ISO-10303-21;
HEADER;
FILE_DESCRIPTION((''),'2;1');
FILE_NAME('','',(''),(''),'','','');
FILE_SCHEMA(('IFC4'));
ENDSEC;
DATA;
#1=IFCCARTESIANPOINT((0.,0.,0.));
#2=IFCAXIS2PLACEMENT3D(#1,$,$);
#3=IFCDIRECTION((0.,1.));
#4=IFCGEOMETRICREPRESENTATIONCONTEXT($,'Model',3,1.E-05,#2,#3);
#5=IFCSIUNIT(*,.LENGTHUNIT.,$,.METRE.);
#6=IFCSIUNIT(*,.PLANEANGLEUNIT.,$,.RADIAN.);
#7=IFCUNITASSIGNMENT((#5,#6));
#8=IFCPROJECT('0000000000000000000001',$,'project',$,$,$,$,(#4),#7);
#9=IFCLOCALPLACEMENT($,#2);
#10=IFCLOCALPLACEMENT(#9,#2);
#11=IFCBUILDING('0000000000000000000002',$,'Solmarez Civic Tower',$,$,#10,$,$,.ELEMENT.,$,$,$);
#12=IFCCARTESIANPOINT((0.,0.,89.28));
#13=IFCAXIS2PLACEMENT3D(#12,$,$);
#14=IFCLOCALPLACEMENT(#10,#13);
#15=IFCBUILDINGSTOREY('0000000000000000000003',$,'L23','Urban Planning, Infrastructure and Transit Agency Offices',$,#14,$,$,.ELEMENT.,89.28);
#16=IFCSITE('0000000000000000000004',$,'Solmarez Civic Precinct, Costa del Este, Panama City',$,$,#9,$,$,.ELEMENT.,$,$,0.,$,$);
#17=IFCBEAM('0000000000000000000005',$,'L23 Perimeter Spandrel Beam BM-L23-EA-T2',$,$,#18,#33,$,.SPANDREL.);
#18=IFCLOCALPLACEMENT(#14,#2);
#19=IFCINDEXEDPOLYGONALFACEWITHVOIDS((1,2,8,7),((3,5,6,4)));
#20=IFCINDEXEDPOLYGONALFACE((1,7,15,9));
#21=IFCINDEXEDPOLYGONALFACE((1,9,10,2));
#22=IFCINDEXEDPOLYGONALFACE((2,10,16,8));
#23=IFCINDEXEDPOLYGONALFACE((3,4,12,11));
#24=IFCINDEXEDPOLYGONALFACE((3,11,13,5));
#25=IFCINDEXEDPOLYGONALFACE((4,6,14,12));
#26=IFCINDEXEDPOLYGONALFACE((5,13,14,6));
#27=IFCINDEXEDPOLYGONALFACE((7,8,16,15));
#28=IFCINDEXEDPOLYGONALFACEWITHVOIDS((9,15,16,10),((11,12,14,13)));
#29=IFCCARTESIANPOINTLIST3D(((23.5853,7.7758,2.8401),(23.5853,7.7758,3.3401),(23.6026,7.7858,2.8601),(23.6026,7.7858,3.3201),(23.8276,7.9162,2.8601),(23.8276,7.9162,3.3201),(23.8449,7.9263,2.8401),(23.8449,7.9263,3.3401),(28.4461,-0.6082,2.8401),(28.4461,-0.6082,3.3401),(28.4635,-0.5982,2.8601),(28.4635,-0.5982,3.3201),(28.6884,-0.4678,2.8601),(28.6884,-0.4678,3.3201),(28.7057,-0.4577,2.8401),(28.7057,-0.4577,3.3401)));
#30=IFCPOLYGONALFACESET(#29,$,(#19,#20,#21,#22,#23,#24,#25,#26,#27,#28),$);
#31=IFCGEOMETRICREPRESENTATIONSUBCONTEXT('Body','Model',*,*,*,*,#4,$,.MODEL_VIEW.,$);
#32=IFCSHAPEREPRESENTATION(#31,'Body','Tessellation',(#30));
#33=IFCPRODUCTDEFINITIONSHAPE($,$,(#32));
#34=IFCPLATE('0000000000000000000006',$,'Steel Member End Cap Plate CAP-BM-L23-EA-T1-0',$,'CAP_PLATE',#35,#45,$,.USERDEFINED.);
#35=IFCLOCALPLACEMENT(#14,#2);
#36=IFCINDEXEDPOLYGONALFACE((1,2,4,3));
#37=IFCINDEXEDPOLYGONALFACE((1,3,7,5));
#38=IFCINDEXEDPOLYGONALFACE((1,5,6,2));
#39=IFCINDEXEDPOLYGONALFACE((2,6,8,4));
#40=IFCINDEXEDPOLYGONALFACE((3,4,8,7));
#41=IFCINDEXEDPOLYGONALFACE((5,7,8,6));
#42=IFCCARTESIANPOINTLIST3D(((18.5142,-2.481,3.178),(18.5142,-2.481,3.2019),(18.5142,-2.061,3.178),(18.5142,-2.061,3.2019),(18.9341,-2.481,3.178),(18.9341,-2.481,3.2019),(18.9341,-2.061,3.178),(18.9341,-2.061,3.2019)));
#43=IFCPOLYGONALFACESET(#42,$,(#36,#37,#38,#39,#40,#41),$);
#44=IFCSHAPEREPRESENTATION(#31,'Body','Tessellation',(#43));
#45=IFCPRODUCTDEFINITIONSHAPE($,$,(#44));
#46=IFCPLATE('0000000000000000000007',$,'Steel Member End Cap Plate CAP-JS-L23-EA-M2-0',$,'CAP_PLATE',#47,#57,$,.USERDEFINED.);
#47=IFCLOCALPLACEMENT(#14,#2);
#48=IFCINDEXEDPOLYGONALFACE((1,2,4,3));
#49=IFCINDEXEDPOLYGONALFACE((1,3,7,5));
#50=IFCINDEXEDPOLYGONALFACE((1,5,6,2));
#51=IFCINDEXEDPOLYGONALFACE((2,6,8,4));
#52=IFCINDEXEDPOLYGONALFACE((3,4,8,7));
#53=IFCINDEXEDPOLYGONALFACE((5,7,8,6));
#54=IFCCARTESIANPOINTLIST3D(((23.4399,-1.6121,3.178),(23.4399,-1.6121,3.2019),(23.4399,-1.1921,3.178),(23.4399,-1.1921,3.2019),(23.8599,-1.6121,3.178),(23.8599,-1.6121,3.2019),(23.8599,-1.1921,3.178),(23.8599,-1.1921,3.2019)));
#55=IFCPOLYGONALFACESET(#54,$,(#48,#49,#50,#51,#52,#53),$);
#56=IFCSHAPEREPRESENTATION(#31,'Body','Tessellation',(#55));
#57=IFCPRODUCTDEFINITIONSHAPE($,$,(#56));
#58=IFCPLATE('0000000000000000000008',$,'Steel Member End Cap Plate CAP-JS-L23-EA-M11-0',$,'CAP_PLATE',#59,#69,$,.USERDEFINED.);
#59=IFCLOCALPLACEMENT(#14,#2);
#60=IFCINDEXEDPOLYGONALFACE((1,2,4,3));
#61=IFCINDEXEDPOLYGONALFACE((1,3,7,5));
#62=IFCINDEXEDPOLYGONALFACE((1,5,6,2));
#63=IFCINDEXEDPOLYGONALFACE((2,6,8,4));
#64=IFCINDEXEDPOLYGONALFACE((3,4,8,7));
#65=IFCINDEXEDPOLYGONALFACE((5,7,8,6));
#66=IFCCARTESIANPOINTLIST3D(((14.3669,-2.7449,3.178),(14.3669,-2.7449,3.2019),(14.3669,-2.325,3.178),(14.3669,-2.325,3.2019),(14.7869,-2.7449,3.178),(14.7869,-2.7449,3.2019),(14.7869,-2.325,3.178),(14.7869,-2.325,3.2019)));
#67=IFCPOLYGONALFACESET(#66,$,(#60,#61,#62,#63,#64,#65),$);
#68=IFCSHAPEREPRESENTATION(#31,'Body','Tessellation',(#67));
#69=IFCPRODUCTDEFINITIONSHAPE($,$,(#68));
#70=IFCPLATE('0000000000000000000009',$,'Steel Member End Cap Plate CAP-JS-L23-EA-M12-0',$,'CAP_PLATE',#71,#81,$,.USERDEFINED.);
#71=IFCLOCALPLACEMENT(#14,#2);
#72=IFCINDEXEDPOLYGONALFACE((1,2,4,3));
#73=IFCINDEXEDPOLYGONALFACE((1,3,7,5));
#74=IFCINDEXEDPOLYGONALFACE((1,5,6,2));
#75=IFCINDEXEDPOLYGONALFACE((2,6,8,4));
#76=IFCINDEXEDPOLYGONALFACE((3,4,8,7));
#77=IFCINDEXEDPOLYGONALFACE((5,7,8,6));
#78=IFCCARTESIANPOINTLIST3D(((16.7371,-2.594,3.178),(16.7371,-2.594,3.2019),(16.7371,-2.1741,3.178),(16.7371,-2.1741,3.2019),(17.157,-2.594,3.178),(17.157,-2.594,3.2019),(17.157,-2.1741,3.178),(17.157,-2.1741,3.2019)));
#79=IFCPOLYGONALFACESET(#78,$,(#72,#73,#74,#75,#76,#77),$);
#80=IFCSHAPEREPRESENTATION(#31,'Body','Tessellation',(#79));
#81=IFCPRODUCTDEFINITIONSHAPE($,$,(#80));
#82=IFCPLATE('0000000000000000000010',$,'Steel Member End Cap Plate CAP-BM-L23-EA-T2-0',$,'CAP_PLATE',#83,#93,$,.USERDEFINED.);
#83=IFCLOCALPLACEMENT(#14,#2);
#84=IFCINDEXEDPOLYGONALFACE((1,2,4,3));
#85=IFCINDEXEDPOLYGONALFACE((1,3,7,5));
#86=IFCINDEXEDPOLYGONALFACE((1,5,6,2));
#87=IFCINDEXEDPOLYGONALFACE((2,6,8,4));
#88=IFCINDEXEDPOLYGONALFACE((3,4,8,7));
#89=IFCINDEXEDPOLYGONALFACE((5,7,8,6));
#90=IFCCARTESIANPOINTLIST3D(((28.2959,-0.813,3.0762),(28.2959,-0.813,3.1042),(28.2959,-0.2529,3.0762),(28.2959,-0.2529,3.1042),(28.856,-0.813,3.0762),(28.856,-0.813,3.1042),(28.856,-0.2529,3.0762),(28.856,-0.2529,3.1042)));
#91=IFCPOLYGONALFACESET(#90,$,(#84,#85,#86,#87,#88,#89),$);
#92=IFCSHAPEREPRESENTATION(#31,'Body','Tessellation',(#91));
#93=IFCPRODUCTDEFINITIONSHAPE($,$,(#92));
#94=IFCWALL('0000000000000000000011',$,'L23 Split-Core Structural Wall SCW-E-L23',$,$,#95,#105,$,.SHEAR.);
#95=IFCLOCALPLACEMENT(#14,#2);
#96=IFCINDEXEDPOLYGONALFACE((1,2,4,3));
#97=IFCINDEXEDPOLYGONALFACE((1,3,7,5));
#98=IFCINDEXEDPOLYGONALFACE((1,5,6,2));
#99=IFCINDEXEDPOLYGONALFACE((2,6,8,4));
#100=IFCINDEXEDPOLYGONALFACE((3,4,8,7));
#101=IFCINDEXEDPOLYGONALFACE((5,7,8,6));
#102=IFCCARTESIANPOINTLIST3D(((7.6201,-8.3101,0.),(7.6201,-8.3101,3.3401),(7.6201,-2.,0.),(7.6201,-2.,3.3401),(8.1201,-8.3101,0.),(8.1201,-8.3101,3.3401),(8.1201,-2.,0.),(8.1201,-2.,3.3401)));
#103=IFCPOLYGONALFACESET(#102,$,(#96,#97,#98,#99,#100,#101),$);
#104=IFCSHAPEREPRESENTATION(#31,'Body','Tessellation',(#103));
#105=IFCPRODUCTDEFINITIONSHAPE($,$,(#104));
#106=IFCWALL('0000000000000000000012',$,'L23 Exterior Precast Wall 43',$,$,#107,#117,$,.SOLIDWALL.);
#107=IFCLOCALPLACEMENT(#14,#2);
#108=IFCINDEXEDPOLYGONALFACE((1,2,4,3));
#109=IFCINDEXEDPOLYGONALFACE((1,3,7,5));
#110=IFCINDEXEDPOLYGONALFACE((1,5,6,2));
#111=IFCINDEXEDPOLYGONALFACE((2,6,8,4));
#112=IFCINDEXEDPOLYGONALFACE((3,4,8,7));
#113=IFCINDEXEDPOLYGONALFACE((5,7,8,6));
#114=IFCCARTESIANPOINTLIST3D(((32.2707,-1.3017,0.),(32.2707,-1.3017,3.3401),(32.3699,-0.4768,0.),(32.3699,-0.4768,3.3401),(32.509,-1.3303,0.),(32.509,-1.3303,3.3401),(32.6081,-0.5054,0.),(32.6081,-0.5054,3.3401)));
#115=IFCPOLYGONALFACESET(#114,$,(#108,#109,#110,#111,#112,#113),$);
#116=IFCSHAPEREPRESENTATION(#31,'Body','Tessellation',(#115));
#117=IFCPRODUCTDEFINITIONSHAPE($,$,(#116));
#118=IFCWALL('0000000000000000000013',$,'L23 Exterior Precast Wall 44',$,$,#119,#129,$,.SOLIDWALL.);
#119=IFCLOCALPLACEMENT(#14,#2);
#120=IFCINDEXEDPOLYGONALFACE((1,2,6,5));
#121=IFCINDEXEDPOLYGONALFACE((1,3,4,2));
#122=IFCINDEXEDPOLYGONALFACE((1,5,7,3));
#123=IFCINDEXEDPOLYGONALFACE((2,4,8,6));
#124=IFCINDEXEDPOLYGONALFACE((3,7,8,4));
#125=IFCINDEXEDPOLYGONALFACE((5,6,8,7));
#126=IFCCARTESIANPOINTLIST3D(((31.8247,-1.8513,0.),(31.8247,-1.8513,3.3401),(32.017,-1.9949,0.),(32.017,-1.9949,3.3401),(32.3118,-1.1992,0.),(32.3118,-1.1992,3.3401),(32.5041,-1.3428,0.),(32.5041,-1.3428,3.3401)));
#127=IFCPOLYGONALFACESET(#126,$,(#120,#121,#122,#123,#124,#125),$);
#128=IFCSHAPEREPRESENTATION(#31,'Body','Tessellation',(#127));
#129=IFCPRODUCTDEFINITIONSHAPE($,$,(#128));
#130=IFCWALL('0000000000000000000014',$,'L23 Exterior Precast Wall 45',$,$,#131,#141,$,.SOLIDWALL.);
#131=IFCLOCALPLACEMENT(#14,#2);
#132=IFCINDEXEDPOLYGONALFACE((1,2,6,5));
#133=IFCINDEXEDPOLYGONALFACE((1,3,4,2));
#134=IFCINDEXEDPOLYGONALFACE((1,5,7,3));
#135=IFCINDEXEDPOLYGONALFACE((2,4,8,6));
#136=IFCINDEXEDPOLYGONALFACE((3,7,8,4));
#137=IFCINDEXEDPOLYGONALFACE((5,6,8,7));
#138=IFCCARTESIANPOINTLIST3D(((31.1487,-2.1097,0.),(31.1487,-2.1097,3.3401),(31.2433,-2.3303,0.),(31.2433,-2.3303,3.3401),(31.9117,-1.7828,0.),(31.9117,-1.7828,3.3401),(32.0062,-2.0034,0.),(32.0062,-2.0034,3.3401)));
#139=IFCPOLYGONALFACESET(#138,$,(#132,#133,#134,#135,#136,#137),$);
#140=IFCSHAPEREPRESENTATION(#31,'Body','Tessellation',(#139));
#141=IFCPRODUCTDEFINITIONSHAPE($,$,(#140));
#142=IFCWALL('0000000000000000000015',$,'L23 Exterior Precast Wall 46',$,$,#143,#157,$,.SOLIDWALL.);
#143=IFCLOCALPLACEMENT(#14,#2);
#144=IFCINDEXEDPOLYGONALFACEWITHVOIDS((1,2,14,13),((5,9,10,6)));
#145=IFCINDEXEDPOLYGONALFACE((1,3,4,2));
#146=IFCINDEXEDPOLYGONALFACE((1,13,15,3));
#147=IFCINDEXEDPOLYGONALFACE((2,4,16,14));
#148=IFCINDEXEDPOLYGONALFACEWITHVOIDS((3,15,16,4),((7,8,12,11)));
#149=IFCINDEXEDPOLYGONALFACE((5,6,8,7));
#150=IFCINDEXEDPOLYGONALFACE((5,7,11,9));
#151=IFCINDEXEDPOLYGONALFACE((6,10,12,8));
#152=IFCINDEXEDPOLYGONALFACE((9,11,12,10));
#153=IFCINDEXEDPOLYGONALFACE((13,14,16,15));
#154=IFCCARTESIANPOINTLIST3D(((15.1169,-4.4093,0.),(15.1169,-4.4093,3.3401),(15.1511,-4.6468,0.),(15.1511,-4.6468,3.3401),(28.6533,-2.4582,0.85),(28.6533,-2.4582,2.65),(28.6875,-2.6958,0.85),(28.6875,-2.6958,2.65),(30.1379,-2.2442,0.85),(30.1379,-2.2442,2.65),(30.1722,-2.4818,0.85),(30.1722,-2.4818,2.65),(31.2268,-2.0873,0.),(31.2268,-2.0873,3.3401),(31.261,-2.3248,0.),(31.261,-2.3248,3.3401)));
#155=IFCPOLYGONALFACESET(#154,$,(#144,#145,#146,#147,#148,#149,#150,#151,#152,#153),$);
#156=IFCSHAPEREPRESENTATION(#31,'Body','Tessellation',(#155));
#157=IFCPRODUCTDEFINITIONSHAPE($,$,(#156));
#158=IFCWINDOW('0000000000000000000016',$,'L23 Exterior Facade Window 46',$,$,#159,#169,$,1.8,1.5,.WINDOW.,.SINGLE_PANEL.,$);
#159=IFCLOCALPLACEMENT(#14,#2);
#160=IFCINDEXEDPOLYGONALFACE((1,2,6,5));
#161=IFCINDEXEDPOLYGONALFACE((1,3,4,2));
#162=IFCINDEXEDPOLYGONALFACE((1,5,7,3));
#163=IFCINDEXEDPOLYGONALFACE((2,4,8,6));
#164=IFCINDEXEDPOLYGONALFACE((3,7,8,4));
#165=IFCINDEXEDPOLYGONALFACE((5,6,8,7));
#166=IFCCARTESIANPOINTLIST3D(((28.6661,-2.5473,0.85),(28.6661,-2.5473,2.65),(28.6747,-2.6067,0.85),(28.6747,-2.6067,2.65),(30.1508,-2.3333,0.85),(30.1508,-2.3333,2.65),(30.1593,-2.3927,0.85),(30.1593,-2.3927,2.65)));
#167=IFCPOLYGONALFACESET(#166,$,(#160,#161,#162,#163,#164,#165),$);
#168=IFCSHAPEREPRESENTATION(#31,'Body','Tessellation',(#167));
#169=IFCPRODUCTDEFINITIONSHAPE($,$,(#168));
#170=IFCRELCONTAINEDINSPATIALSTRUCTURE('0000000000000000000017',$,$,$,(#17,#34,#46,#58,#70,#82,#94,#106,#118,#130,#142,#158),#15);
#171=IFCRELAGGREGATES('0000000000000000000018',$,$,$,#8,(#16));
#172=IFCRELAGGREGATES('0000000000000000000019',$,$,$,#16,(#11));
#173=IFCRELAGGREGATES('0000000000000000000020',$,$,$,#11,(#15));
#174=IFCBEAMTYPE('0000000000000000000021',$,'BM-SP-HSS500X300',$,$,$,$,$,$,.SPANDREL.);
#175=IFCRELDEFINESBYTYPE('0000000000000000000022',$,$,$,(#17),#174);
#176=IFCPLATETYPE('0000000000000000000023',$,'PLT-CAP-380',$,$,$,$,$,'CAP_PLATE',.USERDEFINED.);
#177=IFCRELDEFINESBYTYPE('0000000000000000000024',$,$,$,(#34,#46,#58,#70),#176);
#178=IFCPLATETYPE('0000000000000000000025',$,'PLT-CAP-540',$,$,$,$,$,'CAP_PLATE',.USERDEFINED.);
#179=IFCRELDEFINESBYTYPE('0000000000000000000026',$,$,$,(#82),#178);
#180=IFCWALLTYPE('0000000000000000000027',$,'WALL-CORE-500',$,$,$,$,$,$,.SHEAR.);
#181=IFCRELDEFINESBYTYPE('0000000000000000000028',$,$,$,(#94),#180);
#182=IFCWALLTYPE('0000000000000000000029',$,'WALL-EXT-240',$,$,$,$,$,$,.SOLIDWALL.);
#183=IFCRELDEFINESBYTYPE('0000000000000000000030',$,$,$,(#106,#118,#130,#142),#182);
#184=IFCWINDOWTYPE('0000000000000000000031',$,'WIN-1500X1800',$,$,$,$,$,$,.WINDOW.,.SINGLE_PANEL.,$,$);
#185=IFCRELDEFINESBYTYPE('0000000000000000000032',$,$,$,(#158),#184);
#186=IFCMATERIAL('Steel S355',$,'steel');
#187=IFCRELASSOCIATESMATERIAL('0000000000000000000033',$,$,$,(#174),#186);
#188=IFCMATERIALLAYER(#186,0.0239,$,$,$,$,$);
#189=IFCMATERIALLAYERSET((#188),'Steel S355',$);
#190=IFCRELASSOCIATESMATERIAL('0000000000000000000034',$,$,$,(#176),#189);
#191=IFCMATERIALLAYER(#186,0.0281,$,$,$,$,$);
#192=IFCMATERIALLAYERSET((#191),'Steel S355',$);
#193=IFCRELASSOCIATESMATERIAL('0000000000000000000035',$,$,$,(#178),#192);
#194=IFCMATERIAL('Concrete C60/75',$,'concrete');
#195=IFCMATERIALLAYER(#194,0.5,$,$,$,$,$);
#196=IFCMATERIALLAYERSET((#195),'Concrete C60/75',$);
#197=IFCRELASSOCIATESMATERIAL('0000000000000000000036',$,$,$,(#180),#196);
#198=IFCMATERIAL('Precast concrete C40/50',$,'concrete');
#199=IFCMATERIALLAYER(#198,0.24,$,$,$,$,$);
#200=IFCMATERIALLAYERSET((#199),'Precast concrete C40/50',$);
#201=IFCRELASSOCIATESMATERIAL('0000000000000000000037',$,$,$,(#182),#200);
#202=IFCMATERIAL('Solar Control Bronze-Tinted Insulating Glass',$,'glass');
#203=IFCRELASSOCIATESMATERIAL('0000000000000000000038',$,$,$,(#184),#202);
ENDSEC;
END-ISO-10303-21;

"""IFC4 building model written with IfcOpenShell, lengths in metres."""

from ifc_helpers import new_model, si_unit, direction, frame, frame_2d, origin, origin_2d, place, context, subcontext, project, spatial, rectangle, hollow_rectangle, extrude, material, layer, layer_set, material_profile, profile_set, type_object, element, fill, save


model = new_model("IFC4")

# Units and contexts
model_context = context("Model", 3, precision=1e-05, world=origin(), true_north=direction((0.0, 1.0)))
body_context = subcontext(model_context, "Body", "Model", "MODEL_VIEW")
ifc_project = project(units=[si_unit("LENGTHUNIT", "METRE"), si_unit("PLANEANGLEUNIT", "RADIAN")], contexts=[model_context])

# Site, building, storey
site_placement = place(None, origin())
site = spatial("IfcSite", under=ifc_project, at=site_placement, Name="Solmarez Civic Precinct, Costa del Este, Panama City", CompositionType="ELEMENT", RefElevation=0.0)
building_placement = place(site_placement, origin())
building = spatial("IfcBuilding", under=site, at=building_placement, Name="Solmarez Civic Tower", CompositionType="ELEMENT")
storey_placement = place(building_placement, frame((0.0, 0.0, 89.28)))
storey = spatial("IfcBuildingStorey", under=building, at=storey_placement, Name="L23", Description="Urban Planning, Infrastructure and Transit Agency Offices", CompositionType="ELEMENT", Elevation=89.28)

# Shared definitions
ifc_material_1 = material(Name="Concrete C60/75", Category="concrete")

# Beam
ifc_material_2 = material(Name="Steel S355", Category="steel")
ifc_material_profile_1 = material_profile(ifc_material_2, hollow_rectangle(XDim=0.3, YDim=0.5, WallThickness=0.02, at=origin_2d()), Name="HSS500X300X20")
ifc_profile_set_1 = profile_set([ifc_material_profile_1], Name="Steel S355")
beam_type_1 = type_object("IfcBeamType", Name="BM-SP-HSS500X300", PredefinedType="SPANDREL", material=ifc_profile_set_1)
beam_1_placement = place(storey_placement, frame((28.5759, -0.533, 3.0901), z_axis=(-0.501571, 0.865116, 0.0), x_axis=(-0.865116, -0.501571, 0.0)))
element("IfcBeam", 1, at=beam_1_placement, inside=storey, type_object=beam_type_1, Name="L23 Perimeter Spandrel Beam BM-L23-EA-T2", PredefinedType="SPANDREL", context=body_context, shape_type="SweptSolid", body=[
    extrude(hollow_rectangle(XDim=0.3, YDim=0.5, WallThickness=0.02, at=origin_2d()), origin(), (0.0, 0.0, 1.0), 9.6912),
])

# Plates
ifc_layer_1 = layer(ifc_material_2, 0.0239)
ifc_layer_set_1 = layer_set([ifc_layer_1], Name="Steel S355")
plate_type_1 = type_object("IfcPlateType", Name="PLT-CAP-380", ElementType="CAP_PLATE", PredefinedType="USERDEFINED", material=ifc_layer_set_1)
for number, where, z_axis, x_axis, name in (
    (2, (18.7241, -2.271, 3.178), (0.0, 0.0, 1.0), (1.0, 0.0, 0.0), "Steel Member End Cap Plate CAP-BM-L23-EA-T1-0"),
    (3, (23.6499, -1.4021, 3.178), (0.0, 0.0, 1.0), (1.0, 0.0, 0.0), "Steel Member End Cap Plate CAP-JS-L23-EA-M2-0"),
    (4, (14.5769, -2.5349, 3.178), (0.0, 0.0, 1.0), (1.0, 0.0, 0.0), "Steel Member End Cap Plate CAP-JS-L23-EA-M11-0"),
    (5, (16.947, -2.384, 3.178), (0.0, 0.0, 1.0), (1.0, 0.0, 0.0), "Steel Member End Cap Plate CAP-JS-L23-EA-M12-0"),
):
    element("IfcPlate", number, at=place(storey_placement, frame(where, z_axis=z_axis, x_axis=x_axis)), inside=storey, type_object=plate_type_1, Name=name, ObjectType="CAP_PLATE", PredefinedType="USERDEFINED", context=body_context, shape_type="SweptSolid", body=[
        extrude(rectangle(XDim=0.4199, YDim=0.4199, at=origin_2d()), origin(), (0.0, 0.0, 1.0), 0.0239),
    ])
ifc_layer_2 = layer(ifc_material_2, 0.0281)
ifc_layer_set_2 = layer_set([ifc_layer_2], Name="Steel S355")
plate_type_2 = type_object("IfcPlateType", Name="PLT-CAP-540", ElementType="CAP_PLATE", PredefinedType="USERDEFINED", material=ifc_layer_set_2)
plate_placement = place(storey_placement, frame((28.5759, -0.533, 3.0762), z_axis=(0.0, 0.0, 1.0), x_axis=(1.0, 0.0, 0.0)))
element("IfcPlate", 6, at=plate_placement, inside=storey, type_object=plate_type_2, Name="Steel Member End Cap Plate CAP-BM-L23-EA-T2-0", ObjectType="CAP_PLATE", PredefinedType="USERDEFINED", context=body_context, shape_type="SweptSolid", body=[
    extrude(rectangle(XDim=0.5601, YDim=0.5601, at=origin_2d()), origin(), (0.0, 0.0, 1.0), 0.0281),
])

# Walls
ifc_layer_3 = layer(ifc_material_1, 0.5)
ifc_layer_set_3 = layer_set([ifc_layer_3], Name="Concrete C60/75")
wall_type_1 = type_object("IfcWallType", Name="WALL-CORE-500", PredefinedType="SHEAR", material=ifc_layer_set_3)
wall_1_placement = place(storey_placement, frame((7.8701, -2.0, 0.0), z_axis=(0.0, 0.0, 1.0), x_axis=(0.0, -1.0, 0.0)))
element("IfcWall", 7, at=wall_1_placement, inside=storey, type_object=wall_type_1, Name="L23 Split-Core Structural Wall SCW-E-L23", PredefinedType="SHEAR", context=body_context, shape_type="SweptSolid", body=[
    extrude(rectangle(XDim=6.3101, YDim=0.5, at=frame_2d((3.155, 0.0))), origin(), (0.0, 0.0, 1.0), 3.3401),
])
ifc_material_3 = material(Name="Precast concrete C40/50", Category="concrete")
ifc_layer_4 = layer(ifc_material_3, 0.24)
ifc_layer_set_4 = layer_set([ifc_layer_4], Name="Precast concrete C40/50")
wall_type_2 = type_object("IfcWallType", Name="WALL-EXT-240", PredefinedType="SOLIDWALL", material=ifc_layer_set_4)
wall_2_placement = place(storey_placement, frame((32.489, -0.491, 0.0), z_axis=(0.0, 0.0, 1.0), x_axis=(-0.119296, -0.992859, 0.0)))
element("IfcWall", 8, at=wall_2_placement, inside=storey, type_object=wall_type_2, Name="L23 Exterior Precast Wall 43", PredefinedType="SOLIDWALL", context=body_context, shape_type="SweptSolid", body=[
    extrude(rectangle(XDim=0.8308, YDim=0.24, at=frame_2d((0.4155, 0.0))), origin(), (0.0, 0.0, 1.0), 3.3401),
])
wall_3_placement = place(storey_placement, frame((32.408, -1.271, 0.0), z_axis=(0.0, 0.0, 1.0), x_axis=(-0.598415, -0.801186, 0.0)))
element("IfcWall", 9, at=wall_3_placement, inside=storey, type_object=wall_type_2, Name="L23 Exterior Precast Wall 44", PredefinedType="SOLIDWALL", context=body_context, shape_type="SweptSolid", body=[
    extrude(rectangle(XDim=0.814, YDim=0.24, at=frame_2d((0.407, 0.0))), origin(), (0.0, 0.0, 1.0), 3.3401),
])
wall_4_placement = place(storey_placement, frame((31.959, -1.8931, 0.0), z_axis=(0.0, 0.0, 1.0), x_axis=(-0.919175, -0.393848, 0.0)))
element("IfcWall", 10, at=wall_4_placement, inside=storey, type_object=wall_type_2, Name="L23 Exterior Precast Wall 45", PredefinedType="SOLIDWALL", context=body_context, shape_type="SweptSolid", body=[
    extrude(rectangle(XDim=0.8301, YDim=0.24, at=frame_2d((0.415, 0.0))), origin(), (0.0, 0.0, 1.0), 3.3401),
])

# Wall, opening, window
wall_5_placement = place(storey_placement, frame((31.2439, -2.2061, 0.0), z_axis=(0.0, 0.0, 1.0), x_axis=(-0.989771, -0.142662, 0.0)))
wall_5 = element("IfcWall", 11, at=wall_5_placement, inside=storey, type_object=wall_type_2, Name="L23 Exterior Precast Wall 46", PredefinedType="SOLIDWALL", context=body_context, shape_type="SweptSolid", body=[
    extrude(rectangle(XDim=16.2764, YDim=0.24, at=frame_2d((8.1382, 0.0))), origin(), (0.0, 0.0, 1.0), 3.3401),
])
opening_placement = place(wall_5_placement, frame((1.1001, 0.0, 0.8501)))
opening = element("IfcOpeningElement", 12, at=opening_placement, cuts=wall_5, PredefinedType="OPENING", context=body_context, shape_type="SweptSolid", body=[
    extrude(rectangle(XDim=1.5, YDim=1.8, at=frame_2d((0.75, 0.8999))), frame((0.0, 0.1299, 0.0), z_axis=(0.0, -1.0, 0.0), x_axis=(1.0, 0.0, 0.0)), (0.0, 0.0, 1.0), 0.26),
])
ifc_material_4 = material(Name="Solar Control Bronze-Tinted Insulating Glass", Category="glass")
window_type = type_object("IfcWindowType", Name="WIN-1500X1800", PartitioningType="SINGLE_PANEL", PredefinedType="WINDOW", material=ifc_material_4)
window_placement = place(opening_placement, origin())
window = element("IfcWindow", 13, at=window_placement, inside=storey, type_object=window_type, Name="L23 Exterior Facade Window 46", OverallHeight=1.8, OverallWidth=1.5, PartitioningType="SINGLE_PANEL", PredefinedType="WINDOW", context=body_context, shape_type="SweptSolid", body=[
    extrude(rectangle(XDim=1.5, YDim=1.8, at=frame_2d((0.75, 0.8999))), frame((0.0, 0.03, 0.0), z_axis=(0.0, -1.0, 0.0), x_axis=(1.0, 0.0, 0.0)), (0.0, 0.0, 1.0), 0.0601),
])
fill(opening, window)

save(model, "model.ifc")
